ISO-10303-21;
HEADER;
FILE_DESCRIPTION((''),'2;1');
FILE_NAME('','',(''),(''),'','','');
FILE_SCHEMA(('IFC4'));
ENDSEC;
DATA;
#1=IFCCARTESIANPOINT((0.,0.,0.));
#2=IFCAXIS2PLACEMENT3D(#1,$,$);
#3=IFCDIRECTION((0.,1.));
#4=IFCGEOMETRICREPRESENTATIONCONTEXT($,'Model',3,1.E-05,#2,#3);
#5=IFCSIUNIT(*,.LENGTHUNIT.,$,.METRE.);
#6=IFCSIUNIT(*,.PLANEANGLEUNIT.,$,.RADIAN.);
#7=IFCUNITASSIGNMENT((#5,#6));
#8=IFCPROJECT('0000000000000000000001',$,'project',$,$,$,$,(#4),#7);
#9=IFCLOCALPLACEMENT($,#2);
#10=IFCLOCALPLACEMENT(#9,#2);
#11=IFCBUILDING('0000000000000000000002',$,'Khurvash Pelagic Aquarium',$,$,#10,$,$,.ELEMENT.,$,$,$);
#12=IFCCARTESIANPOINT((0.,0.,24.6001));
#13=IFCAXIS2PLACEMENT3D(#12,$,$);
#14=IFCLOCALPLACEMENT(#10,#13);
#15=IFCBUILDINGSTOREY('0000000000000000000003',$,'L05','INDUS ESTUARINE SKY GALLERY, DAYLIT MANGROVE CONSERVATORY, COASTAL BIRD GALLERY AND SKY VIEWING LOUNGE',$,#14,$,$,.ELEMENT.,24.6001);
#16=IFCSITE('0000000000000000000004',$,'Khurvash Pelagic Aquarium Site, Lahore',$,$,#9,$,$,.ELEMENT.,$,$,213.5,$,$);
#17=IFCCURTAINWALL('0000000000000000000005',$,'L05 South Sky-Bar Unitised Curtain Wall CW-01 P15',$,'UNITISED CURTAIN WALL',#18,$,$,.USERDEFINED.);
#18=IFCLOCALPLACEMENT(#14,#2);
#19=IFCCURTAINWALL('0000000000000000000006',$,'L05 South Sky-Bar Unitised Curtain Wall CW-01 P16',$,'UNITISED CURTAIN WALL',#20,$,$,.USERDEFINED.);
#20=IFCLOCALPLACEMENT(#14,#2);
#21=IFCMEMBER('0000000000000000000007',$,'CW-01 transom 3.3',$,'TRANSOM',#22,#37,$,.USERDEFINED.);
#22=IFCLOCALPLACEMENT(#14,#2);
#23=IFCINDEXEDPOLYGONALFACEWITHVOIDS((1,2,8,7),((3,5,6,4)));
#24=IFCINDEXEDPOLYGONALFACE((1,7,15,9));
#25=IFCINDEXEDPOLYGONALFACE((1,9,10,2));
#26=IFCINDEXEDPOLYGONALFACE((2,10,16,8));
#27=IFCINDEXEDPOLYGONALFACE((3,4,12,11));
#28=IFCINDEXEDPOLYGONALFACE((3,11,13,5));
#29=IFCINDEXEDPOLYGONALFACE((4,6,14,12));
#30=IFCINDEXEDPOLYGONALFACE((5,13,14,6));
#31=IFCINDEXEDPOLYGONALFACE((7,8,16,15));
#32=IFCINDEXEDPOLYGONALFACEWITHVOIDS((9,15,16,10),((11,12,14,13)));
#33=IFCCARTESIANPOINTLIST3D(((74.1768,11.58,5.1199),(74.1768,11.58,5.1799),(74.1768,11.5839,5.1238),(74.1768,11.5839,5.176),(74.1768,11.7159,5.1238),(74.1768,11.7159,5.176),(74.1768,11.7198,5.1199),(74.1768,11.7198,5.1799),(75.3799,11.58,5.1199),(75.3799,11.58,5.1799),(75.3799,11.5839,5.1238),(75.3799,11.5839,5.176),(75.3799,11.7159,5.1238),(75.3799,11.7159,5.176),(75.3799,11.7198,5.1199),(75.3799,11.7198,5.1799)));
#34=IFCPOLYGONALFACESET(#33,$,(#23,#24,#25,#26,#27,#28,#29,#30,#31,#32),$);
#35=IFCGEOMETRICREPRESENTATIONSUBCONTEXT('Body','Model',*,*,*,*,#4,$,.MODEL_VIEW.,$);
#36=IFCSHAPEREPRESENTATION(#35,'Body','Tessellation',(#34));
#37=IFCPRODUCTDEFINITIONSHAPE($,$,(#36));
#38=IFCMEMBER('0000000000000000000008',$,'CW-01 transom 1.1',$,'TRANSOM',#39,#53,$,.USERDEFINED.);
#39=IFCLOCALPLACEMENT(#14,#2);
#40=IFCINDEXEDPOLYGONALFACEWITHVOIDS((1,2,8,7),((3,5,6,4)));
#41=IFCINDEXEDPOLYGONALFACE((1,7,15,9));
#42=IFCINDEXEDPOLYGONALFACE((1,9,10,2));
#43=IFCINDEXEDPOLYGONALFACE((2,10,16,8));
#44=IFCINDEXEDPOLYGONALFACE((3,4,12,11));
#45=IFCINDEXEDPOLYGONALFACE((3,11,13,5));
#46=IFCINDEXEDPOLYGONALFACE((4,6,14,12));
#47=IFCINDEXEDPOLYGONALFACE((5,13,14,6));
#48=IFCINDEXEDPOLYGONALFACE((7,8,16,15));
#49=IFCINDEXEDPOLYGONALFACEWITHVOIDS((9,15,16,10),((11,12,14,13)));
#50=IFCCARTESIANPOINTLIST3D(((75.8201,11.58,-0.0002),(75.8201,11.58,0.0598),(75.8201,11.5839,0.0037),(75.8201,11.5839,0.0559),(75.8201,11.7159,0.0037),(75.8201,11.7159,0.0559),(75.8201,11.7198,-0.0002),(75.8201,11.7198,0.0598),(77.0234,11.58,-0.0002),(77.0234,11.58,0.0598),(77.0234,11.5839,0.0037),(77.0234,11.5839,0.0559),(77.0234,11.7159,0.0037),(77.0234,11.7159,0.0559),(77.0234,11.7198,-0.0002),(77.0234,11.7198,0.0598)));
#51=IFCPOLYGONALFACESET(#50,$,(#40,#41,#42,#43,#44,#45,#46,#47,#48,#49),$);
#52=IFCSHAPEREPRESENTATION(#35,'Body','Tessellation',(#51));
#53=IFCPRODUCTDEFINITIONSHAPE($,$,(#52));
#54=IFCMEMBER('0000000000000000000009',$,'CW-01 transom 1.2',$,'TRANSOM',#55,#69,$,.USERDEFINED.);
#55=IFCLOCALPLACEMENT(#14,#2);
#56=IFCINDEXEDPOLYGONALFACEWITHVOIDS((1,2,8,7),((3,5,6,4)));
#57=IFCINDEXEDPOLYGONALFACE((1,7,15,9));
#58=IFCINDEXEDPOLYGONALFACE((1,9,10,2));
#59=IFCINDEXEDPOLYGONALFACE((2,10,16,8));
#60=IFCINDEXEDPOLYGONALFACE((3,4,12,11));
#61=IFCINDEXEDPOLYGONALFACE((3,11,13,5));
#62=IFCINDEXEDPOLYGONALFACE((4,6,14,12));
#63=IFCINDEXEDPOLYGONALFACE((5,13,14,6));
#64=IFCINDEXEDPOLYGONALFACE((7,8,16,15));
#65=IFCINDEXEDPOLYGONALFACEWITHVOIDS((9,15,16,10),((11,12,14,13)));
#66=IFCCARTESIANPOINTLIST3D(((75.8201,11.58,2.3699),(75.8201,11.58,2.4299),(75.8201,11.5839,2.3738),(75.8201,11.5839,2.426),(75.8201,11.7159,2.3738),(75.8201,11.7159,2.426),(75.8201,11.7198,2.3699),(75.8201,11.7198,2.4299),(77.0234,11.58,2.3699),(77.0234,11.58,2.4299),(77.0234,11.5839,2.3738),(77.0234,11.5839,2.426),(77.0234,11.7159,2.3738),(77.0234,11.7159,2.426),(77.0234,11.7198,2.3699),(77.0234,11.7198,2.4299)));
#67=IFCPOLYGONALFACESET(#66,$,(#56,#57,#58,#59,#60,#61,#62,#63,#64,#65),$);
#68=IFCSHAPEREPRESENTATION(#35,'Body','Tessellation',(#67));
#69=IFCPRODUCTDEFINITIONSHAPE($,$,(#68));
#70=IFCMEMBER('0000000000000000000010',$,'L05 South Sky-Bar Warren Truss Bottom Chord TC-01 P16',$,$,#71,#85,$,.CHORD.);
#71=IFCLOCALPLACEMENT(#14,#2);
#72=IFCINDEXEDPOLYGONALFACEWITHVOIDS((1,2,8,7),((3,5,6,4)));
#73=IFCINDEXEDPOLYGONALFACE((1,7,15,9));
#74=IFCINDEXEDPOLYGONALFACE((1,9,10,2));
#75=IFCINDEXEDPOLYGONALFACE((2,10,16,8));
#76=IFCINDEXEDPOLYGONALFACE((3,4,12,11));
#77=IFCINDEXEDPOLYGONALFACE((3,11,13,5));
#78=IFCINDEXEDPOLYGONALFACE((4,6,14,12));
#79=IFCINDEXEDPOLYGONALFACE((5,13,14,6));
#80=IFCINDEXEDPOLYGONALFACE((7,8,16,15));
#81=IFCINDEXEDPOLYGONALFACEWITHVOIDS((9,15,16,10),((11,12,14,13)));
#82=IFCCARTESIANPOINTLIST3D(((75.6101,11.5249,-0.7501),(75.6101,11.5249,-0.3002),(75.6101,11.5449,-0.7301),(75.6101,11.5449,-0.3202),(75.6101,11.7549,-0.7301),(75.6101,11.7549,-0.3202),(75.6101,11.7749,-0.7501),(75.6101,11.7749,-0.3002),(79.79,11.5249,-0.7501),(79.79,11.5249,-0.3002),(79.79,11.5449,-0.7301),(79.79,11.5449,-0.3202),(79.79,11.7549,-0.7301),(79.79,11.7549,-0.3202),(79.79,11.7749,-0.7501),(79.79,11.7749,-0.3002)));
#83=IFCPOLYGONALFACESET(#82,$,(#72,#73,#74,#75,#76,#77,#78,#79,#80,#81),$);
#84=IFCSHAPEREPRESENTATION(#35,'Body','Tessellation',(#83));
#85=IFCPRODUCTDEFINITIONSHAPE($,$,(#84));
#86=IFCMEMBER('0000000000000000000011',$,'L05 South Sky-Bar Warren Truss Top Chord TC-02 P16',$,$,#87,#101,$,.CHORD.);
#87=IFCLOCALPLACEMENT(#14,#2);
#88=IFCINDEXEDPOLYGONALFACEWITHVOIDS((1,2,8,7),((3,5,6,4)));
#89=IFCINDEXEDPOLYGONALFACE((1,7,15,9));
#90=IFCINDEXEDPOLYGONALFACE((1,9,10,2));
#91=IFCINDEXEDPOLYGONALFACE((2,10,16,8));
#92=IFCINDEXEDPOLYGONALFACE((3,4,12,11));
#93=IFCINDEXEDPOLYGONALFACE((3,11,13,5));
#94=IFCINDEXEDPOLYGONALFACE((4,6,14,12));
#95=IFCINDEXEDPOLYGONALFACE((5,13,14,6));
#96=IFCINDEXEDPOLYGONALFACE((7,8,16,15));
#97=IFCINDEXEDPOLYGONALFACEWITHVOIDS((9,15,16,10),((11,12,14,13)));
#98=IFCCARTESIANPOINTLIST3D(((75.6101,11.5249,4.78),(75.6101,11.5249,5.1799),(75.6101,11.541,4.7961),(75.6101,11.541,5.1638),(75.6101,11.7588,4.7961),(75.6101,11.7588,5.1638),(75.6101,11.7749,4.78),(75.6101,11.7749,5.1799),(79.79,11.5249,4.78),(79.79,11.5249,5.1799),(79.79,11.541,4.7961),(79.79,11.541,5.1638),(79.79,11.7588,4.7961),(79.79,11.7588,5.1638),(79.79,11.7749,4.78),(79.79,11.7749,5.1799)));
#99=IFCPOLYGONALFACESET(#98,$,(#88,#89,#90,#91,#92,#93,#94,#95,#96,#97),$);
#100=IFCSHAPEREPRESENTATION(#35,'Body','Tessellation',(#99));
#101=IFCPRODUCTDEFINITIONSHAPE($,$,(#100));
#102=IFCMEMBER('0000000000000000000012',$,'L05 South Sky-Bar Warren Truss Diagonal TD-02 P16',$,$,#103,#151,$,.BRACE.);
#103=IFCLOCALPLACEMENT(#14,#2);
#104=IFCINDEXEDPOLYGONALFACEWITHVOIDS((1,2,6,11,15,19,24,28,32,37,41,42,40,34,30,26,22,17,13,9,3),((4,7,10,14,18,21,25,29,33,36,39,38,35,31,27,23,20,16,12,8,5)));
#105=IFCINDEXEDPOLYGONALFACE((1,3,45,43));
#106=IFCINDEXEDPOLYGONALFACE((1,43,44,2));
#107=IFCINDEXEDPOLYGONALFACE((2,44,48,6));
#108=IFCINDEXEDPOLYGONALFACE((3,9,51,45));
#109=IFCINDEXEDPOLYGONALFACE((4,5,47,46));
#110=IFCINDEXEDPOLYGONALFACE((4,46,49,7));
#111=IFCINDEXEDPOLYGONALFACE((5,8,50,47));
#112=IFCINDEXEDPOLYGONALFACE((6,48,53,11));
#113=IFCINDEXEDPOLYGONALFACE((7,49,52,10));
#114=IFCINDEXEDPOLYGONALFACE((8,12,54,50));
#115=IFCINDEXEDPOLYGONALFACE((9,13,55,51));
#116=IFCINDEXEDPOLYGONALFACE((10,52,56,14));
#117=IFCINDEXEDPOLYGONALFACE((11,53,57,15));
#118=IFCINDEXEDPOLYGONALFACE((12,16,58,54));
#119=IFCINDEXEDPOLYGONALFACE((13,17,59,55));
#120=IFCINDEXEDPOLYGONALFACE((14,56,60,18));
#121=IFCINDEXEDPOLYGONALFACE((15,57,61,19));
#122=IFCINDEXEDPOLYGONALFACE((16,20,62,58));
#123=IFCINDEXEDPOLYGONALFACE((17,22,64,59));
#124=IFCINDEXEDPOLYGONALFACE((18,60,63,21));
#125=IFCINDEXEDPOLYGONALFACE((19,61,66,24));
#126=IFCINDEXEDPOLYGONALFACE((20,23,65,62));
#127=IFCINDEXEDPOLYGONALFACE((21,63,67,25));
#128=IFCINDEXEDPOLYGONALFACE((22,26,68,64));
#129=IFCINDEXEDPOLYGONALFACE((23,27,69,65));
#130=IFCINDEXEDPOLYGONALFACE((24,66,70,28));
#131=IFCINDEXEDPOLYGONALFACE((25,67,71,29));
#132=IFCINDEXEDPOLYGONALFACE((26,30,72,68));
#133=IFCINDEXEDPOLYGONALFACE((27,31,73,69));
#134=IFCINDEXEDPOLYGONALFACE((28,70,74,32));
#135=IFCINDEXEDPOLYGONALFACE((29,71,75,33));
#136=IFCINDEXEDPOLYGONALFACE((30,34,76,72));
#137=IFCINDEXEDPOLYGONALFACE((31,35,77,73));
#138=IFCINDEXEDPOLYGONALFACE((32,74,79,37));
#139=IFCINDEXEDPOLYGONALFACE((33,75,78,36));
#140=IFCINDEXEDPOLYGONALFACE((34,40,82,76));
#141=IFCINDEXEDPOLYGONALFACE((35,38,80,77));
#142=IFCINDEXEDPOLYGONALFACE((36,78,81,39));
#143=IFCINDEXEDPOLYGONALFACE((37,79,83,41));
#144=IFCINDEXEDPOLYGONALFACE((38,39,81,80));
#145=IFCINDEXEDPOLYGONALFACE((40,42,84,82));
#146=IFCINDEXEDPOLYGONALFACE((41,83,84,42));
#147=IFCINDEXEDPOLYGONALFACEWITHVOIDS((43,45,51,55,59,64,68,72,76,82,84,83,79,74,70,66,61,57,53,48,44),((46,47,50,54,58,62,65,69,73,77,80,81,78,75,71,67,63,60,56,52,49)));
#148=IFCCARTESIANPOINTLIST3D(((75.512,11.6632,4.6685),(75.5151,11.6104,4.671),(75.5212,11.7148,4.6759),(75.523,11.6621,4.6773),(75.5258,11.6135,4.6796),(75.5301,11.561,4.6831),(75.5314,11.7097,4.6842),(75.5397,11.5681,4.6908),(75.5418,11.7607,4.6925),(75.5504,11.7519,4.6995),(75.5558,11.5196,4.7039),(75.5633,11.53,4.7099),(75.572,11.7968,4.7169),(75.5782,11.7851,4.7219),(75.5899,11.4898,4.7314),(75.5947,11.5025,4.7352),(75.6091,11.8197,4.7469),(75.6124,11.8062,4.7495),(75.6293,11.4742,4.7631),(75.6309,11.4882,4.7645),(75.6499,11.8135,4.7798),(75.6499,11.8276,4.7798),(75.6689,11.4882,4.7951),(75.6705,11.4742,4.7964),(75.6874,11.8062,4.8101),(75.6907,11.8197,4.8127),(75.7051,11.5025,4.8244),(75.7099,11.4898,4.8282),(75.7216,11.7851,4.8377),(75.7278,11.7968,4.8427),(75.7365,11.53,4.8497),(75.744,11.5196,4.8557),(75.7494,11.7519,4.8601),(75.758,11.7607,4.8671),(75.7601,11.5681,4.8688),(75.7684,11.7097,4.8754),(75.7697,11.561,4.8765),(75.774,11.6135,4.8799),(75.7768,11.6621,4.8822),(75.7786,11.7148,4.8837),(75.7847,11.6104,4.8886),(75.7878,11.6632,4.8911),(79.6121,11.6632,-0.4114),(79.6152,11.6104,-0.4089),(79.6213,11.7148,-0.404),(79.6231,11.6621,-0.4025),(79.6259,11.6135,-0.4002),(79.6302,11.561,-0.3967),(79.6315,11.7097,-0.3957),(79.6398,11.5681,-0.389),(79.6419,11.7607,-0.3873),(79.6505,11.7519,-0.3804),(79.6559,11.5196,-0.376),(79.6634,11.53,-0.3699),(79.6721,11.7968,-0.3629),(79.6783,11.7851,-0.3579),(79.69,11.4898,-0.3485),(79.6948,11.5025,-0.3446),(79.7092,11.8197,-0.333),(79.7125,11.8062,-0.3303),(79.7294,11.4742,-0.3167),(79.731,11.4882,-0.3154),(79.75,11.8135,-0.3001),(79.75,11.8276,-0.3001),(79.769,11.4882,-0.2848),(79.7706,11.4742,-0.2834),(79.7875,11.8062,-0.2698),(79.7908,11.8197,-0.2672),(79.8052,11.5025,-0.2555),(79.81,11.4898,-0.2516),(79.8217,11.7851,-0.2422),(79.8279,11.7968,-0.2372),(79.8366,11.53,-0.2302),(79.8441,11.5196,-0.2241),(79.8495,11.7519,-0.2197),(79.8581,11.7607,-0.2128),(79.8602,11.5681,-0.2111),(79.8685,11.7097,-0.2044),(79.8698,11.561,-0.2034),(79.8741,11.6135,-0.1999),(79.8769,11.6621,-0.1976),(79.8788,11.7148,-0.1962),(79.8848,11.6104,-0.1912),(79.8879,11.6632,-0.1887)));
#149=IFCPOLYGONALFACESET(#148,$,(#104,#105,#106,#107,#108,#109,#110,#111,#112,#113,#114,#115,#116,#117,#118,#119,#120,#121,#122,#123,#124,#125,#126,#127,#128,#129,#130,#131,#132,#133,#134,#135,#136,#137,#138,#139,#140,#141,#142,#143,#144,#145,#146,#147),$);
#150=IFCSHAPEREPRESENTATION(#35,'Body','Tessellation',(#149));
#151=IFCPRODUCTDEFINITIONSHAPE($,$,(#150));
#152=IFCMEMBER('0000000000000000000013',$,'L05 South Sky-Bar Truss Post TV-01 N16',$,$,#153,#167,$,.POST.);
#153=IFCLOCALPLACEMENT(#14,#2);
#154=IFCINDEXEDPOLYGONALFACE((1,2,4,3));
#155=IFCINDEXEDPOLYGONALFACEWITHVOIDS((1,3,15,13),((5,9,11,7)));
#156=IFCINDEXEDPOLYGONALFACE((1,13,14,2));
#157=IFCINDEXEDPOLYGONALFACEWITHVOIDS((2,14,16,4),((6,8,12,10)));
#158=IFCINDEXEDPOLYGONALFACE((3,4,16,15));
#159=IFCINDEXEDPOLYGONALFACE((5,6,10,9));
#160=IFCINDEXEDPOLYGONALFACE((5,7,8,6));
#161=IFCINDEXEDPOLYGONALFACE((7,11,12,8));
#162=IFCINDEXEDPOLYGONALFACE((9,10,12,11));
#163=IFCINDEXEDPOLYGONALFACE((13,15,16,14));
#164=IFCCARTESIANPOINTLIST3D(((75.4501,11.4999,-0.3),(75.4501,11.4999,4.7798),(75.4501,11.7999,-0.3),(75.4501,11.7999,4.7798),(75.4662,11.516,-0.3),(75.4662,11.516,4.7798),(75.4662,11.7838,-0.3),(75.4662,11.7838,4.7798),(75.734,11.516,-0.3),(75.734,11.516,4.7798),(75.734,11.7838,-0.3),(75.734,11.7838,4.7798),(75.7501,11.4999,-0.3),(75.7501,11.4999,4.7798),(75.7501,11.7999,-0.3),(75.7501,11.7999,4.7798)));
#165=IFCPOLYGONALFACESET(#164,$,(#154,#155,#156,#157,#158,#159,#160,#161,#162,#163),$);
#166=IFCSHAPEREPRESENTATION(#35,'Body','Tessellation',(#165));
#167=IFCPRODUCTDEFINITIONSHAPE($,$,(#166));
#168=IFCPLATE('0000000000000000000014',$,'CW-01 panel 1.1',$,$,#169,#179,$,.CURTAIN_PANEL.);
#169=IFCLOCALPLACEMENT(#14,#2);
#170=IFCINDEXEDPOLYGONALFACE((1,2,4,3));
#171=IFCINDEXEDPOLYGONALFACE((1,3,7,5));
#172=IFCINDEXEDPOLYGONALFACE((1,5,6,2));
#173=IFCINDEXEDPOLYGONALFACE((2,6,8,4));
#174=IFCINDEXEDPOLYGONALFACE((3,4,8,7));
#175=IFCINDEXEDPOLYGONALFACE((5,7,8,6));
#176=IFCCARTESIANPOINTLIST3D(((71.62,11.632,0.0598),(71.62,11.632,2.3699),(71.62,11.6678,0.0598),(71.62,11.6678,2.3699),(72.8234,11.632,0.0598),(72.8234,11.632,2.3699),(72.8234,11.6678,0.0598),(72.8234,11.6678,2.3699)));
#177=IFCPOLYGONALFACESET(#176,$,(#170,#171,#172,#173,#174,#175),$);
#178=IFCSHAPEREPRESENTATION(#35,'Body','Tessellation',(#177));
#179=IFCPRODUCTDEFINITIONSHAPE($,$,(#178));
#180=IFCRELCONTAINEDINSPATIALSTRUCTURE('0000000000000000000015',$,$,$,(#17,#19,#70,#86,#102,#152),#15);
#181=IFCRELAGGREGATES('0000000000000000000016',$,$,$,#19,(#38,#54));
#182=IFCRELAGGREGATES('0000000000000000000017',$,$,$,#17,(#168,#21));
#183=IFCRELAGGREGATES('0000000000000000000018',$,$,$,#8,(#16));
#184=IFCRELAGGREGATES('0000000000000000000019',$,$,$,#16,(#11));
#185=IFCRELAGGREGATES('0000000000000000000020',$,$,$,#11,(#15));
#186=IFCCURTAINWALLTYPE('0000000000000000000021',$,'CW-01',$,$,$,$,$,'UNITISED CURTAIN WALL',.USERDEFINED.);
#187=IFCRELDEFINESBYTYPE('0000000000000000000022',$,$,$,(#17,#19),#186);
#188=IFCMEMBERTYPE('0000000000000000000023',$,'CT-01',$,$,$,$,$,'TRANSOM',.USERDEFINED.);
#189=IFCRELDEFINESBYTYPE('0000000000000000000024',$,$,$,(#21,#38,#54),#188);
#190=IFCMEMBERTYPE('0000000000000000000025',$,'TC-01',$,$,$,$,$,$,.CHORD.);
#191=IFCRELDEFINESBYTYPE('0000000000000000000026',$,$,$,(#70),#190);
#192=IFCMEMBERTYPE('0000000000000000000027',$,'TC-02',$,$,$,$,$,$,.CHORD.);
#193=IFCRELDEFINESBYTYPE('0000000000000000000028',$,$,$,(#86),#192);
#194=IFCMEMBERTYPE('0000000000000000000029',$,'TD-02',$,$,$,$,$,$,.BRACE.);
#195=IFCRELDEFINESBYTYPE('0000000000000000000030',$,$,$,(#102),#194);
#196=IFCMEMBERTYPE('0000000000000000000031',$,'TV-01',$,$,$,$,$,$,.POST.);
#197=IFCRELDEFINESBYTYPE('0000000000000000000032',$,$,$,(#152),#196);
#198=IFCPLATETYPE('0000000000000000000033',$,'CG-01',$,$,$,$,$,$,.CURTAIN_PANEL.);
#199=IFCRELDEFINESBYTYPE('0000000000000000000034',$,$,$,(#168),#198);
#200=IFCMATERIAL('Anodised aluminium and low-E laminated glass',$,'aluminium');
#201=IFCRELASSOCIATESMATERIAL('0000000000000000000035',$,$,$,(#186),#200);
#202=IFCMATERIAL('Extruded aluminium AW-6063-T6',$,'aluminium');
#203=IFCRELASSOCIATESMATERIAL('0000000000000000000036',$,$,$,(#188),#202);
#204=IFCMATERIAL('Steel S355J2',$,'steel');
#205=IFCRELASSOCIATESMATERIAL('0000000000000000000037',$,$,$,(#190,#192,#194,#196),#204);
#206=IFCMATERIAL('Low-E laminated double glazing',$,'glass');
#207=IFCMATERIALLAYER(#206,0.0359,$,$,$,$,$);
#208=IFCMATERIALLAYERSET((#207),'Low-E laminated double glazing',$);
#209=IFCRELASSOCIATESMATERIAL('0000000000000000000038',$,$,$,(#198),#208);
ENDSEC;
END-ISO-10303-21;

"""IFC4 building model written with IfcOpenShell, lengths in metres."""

from ifc_helpers import new_model, si_unit, direction, frame, origin, origin_2d, place, context, subcontext, project, spatial, rectangle, hollow_rectangle, hollow_circle, extrude, material, layer, layer_set, material_profile, profile_set, type_object, element, aggregate, save


model = new_model("IFC4")

# Units and contexts
model_context = context("Model", 3, precision=1e-05, world=origin(), true_north=direction((0.0, 1.0)))
body_context = subcontext(model_context, "Body", "Model", "MODEL_VIEW")
ifc_project = project(units=[si_unit("LENGTHUNIT", "METRE"), si_unit("PLANEANGLEUNIT", "RADIAN")], contexts=[model_context])

# Site, building, storey
site_placement = place(None, origin())
site = spatial("IfcSite", under=ifc_project, at=site_placement, Name="Khurvash Pelagic Aquarium Site, Lahore", CompositionType="ELEMENT", RefElevation=213.5)
building_placement = place(site_placement, origin())
building = spatial("IfcBuilding", under=site, at=building_placement, Name="Khurvash Pelagic Aquarium", CompositionType="ELEMENT")
storey_placement = place(building_placement, frame((0.0, 0.0, 24.6001)))
storey = spatial("IfcBuildingStorey", under=building, at=storey_placement, Name="L05", Description="INDUS ESTUARINE SKY GALLERY, DAYLIT MANGROVE CONSERVATORY, COASTAL BIRD GALLERY AND SKY VIEWING LOUNGE", CompositionType="ELEMENT", Elevation=24.6001)

# Curtain wall
ifc_material_1 = material(Name="Anodised aluminium and low-E laminated glass", Category="aluminium")
curtain_wall_type = type_object("IfcCurtainWallType", Name="CW-01", ElementType="UNITISED CURTAIN WALL", PredefinedType="USERDEFINED", material=ifc_material_1)
curtain_wall_1_placement = place(storey_placement, origin())
curtain_wall_1 = element("IfcCurtainWall", 1, at=curtain_wall_1_placement, inside=storey, type_object=curtain_wall_type, Name="L05 South Sky-Bar Unitised Curtain Wall CW-01 P15", ObjectType="UNITISED CURTAIN WALL", PredefinedType="USERDEFINED")
ifc_material_2 = material(Name="Extruded aluminium AW-6063-T6", Category="aluminium")

# Curtain wall
curtain_wall_2_placement = place(storey_placement, origin())
curtain_wall_2 = element("IfcCurtainWall", 2, at=curtain_wall_2_placement, inside=storey, type_object=curtain_wall_type, Name="L05 South Sky-Bar Unitised Curtain Wall CW-01 P16", ObjectType="UNITISED CURTAIN WALL", PredefinedType="USERDEFINED")

# Members
ifc_material_profile_1 = material_profile(ifc_material_2, hollow_rectangle(XDim=0.1399, YDim=0.0601, WallThickness=0.0039, at=origin_2d()), Name="CWT140X60X4")
ifc_profile_set_1 = profile_set([ifc_material_profile_1], Name="Extruded aluminium AW-6063-T6")
member_type_1 = type_object("IfcMemberType", Name="CT-01", ElementType="TRANSOM", PredefinedType="USERDEFINED", material=ifc_profile_set_1)
member_1_placement = place(storey_placement, frame((74.1768, 11.6499, 5.1499), z_axis=(1.0, 0.0, 0.0), x_axis=(0.0, 1.0, 0.0)))
member_1 = element("IfcMember", 3, at=member_1_placement, type_object=member_type_1, Name="CW-01 transom 3.3", ObjectType="TRANSOM", PredefinedType="USERDEFINED", context=body_context, shape_type="SweptSolid", body=[
    extrude(hollow_rectangle(XDim=0.1399, YDim=0.0601, WallThickness=0.0039, at=origin_2d()), origin(), (0.0, 0.0, 1.0), 1.2031),
])
member_2_placement = place(storey_placement, frame((75.8201, 11.6499, 0.0298), z_axis=(1.0, 0.0, 0.0), x_axis=(0.0, 1.0, 0.0)))
member_2 = element("IfcMember", 4, at=member_2_placement, type_object=member_type_1, Name="CW-01 transom 1.1", ObjectType="TRANSOM", PredefinedType="USERDEFINED", context=body_context, shape_type="SweptSolid", body=[
    extrude(hollow_rectangle(XDim=0.1399, YDim=0.0601, WallThickness=0.0039, at=origin_2d()), origin(), (0.0, 0.0, 1.0), 1.2034),
])
member_3_placement = place(storey_placement, frame((75.8201, 11.6499, 2.3999), z_axis=(1.0, 0.0, 0.0), x_axis=(0.0, 1.0, 0.0)))
member_3 = element("IfcMember", 5, at=member_3_placement, type_object=member_type_1, Name="CW-01 transom 1.2", ObjectType="TRANSOM", PredefinedType="USERDEFINED", context=body_context, shape_type="SweptSolid", body=[
    extrude(hollow_rectangle(XDim=0.1399, YDim=0.0601, WallThickness=0.0039, at=origin_2d()), origin(), (0.0, 0.0, 1.0), 1.2034),
])
aggregate(curtain_wall_2, [member_2, member_3])

# Members
ifc_material_3 = material(Name="Steel S355J2", Category="steel")
ifc_material_profile_2 = material_profile(ifc_material_3, hollow_rectangle(XDim=0.25, YDim=0.45, WallThickness=0.02, at=origin_2d()), Name="RHS450X250X20")
ifc_profile_set_2 = profile_set([ifc_material_profile_2], Name="Steel S355J2")
member_type_2 = type_object("IfcMemberType", Name="TC-01", PredefinedType="CHORD", material=ifc_profile_set_2)
member_4_placement = place(storey_placement, frame((75.6101, 11.6499, -0.5251), z_axis=(1.0, 0.0, 0.0), x_axis=(0.0, 1.0, 0.0)))
element("IfcMember", 6, at=member_4_placement, inside=storey, type_object=member_type_2, Name="L05 South Sky-Bar Warren Truss Bottom Chord TC-01 P16", PredefinedType="CHORD", context=body_context, shape_type="SweptSolid", body=[
    extrude(hollow_rectangle(XDim=0.25, YDim=0.45, WallThickness=0.02, at=origin_2d()), origin(), (0.0, 0.0, 1.0), 4.1799),
])
ifc_material_profile_3 = material_profile(ifc_material_3, hollow_rectangle(XDim=0.25, YDim=0.3999, WallThickness=0.0161, at=origin_2d()), Name="RHS400X250X16")
ifc_profile_set_3 = profile_set([ifc_material_profile_3], Name="Steel S355J2")
member_type_3 = type_object("IfcMemberType", Name="TC-02", PredefinedType="CHORD", material=ifc_profile_set_3)
member_5_placement = place(storey_placement, frame((75.6101, 11.6499, 4.98), z_axis=(1.0, 0.0, 0.0), x_axis=(0.0, 1.0, 0.0)))
element("IfcMember", 7, at=member_5_placement, inside=storey, type_object=member_type_3, Name="L05 South Sky-Bar Warren Truss Top Chord TC-02 P16", PredefinedType="CHORD", context=body_context, shape_type="SweptSolid", body=[
    extrude(hollow_rectangle(XDim=0.25, YDim=0.3999, WallThickness=0.0161, at=origin_2d()), origin(), (0.0, 0.0, 1.0), 4.1799),
])
ifc_material_profile_4 = material_profile(ifc_material_3, hollow_circle(Radius=0.1777, WallThickness=0.0142, at=origin_2d()), Name="CHS355X14")
ifc_profile_set_4 = profile_set([ifc_material_profile_4], Name="Steel S355J2")
member_type_4 = type_object("IfcMemberType", Name="TD-02", PredefinedType="BRACE", material=ifc_profile_set_4)
member_6_placement = place(storey_placement, frame((75.6499, 11.6499, 4.7798), z_axis=(0.628073, 0.0, -0.778154), x_axis=(0.0, 1.0, 0.0)))
element("IfcMember", 8, at=member_6_placement, inside=storey, type_object=member_type_4, Name="L05 South Sky-Bar Warren Truss Diagonal TD-02 P16", PredefinedType="BRACE", context=body_context, shape_type="SweptSolid", body=[
    extrude(hollow_circle(Radius=0.1777, WallThickness=0.0142, at=origin_2d()), origin(), (0.0, 0.0, 1.0), 6.5281),
])
ifc_material_profile_5 = material_profile(ifc_material_3, hollow_rectangle(XDim=0.3, YDim=0.3, WallThickness=0.0161, at=origin_2d()), Name="SHS300X300X16")
ifc_profile_set_5 = profile_set([ifc_material_profile_5], Name="Steel S355J2")
member_type_5 = type_object("IfcMemberType", Name="TV-01", PredefinedType="POST", material=ifc_profile_set_5)
member_7_placement = place(storey_placement, frame((75.6001, 11.6499, -0.3), z_axis=(0.0, 0.0, 1.0), x_axis=(1.0, 0.0, 0.0)))
element("IfcMember", 9, at=member_7_placement, inside=storey, type_object=member_type_5, Name="L05 South Sky-Bar Truss Post TV-01 N16", PredefinedType="POST", context=body_context, shape_type="SweptSolid", body=[
    extrude(hollow_rectangle(XDim=0.3, YDim=0.3, WallThickness=0.0161, at=origin_2d()), origin(), (0.0, 0.0, 1.0), 5.0798),
])

# Plate
ifc_material_4 = material(Name="Low-E laminated double glazing", Category="glass")
ifc_layer = layer(ifc_material_4, 0.0359)
ifc_layer_set = layer_set([ifc_layer], Name="Low-E laminated double glazing")
plate_type = type_object("IfcPlateType", Name="CG-01", PredefinedType="CURTAIN_PANEL", material=ifc_layer_set)
plate_1_placement = place(storey_placement, frame((72.2217, 11.6499, 0.0598), z_axis=(0.0, 0.0, 1.0), x_axis=(1.0, 0.0, 0.0)))
plate_1 = element("IfcPlate", 10, at=plate_1_placement, type_object=plate_type, Name="CW-01 panel 1.1", PredefinedType="CURTAIN_PANEL", context=body_context, shape_type="SweptSolid", body=[
    extrude(rectangle(XDim=1.2034, YDim=0.0359, at=origin_2d()), origin(), (0.0, 0.0, 1.0), 2.3101),
])
aggregate(curtain_wall_1, [plate_1, member_1])

save(model, "model.ifc")
